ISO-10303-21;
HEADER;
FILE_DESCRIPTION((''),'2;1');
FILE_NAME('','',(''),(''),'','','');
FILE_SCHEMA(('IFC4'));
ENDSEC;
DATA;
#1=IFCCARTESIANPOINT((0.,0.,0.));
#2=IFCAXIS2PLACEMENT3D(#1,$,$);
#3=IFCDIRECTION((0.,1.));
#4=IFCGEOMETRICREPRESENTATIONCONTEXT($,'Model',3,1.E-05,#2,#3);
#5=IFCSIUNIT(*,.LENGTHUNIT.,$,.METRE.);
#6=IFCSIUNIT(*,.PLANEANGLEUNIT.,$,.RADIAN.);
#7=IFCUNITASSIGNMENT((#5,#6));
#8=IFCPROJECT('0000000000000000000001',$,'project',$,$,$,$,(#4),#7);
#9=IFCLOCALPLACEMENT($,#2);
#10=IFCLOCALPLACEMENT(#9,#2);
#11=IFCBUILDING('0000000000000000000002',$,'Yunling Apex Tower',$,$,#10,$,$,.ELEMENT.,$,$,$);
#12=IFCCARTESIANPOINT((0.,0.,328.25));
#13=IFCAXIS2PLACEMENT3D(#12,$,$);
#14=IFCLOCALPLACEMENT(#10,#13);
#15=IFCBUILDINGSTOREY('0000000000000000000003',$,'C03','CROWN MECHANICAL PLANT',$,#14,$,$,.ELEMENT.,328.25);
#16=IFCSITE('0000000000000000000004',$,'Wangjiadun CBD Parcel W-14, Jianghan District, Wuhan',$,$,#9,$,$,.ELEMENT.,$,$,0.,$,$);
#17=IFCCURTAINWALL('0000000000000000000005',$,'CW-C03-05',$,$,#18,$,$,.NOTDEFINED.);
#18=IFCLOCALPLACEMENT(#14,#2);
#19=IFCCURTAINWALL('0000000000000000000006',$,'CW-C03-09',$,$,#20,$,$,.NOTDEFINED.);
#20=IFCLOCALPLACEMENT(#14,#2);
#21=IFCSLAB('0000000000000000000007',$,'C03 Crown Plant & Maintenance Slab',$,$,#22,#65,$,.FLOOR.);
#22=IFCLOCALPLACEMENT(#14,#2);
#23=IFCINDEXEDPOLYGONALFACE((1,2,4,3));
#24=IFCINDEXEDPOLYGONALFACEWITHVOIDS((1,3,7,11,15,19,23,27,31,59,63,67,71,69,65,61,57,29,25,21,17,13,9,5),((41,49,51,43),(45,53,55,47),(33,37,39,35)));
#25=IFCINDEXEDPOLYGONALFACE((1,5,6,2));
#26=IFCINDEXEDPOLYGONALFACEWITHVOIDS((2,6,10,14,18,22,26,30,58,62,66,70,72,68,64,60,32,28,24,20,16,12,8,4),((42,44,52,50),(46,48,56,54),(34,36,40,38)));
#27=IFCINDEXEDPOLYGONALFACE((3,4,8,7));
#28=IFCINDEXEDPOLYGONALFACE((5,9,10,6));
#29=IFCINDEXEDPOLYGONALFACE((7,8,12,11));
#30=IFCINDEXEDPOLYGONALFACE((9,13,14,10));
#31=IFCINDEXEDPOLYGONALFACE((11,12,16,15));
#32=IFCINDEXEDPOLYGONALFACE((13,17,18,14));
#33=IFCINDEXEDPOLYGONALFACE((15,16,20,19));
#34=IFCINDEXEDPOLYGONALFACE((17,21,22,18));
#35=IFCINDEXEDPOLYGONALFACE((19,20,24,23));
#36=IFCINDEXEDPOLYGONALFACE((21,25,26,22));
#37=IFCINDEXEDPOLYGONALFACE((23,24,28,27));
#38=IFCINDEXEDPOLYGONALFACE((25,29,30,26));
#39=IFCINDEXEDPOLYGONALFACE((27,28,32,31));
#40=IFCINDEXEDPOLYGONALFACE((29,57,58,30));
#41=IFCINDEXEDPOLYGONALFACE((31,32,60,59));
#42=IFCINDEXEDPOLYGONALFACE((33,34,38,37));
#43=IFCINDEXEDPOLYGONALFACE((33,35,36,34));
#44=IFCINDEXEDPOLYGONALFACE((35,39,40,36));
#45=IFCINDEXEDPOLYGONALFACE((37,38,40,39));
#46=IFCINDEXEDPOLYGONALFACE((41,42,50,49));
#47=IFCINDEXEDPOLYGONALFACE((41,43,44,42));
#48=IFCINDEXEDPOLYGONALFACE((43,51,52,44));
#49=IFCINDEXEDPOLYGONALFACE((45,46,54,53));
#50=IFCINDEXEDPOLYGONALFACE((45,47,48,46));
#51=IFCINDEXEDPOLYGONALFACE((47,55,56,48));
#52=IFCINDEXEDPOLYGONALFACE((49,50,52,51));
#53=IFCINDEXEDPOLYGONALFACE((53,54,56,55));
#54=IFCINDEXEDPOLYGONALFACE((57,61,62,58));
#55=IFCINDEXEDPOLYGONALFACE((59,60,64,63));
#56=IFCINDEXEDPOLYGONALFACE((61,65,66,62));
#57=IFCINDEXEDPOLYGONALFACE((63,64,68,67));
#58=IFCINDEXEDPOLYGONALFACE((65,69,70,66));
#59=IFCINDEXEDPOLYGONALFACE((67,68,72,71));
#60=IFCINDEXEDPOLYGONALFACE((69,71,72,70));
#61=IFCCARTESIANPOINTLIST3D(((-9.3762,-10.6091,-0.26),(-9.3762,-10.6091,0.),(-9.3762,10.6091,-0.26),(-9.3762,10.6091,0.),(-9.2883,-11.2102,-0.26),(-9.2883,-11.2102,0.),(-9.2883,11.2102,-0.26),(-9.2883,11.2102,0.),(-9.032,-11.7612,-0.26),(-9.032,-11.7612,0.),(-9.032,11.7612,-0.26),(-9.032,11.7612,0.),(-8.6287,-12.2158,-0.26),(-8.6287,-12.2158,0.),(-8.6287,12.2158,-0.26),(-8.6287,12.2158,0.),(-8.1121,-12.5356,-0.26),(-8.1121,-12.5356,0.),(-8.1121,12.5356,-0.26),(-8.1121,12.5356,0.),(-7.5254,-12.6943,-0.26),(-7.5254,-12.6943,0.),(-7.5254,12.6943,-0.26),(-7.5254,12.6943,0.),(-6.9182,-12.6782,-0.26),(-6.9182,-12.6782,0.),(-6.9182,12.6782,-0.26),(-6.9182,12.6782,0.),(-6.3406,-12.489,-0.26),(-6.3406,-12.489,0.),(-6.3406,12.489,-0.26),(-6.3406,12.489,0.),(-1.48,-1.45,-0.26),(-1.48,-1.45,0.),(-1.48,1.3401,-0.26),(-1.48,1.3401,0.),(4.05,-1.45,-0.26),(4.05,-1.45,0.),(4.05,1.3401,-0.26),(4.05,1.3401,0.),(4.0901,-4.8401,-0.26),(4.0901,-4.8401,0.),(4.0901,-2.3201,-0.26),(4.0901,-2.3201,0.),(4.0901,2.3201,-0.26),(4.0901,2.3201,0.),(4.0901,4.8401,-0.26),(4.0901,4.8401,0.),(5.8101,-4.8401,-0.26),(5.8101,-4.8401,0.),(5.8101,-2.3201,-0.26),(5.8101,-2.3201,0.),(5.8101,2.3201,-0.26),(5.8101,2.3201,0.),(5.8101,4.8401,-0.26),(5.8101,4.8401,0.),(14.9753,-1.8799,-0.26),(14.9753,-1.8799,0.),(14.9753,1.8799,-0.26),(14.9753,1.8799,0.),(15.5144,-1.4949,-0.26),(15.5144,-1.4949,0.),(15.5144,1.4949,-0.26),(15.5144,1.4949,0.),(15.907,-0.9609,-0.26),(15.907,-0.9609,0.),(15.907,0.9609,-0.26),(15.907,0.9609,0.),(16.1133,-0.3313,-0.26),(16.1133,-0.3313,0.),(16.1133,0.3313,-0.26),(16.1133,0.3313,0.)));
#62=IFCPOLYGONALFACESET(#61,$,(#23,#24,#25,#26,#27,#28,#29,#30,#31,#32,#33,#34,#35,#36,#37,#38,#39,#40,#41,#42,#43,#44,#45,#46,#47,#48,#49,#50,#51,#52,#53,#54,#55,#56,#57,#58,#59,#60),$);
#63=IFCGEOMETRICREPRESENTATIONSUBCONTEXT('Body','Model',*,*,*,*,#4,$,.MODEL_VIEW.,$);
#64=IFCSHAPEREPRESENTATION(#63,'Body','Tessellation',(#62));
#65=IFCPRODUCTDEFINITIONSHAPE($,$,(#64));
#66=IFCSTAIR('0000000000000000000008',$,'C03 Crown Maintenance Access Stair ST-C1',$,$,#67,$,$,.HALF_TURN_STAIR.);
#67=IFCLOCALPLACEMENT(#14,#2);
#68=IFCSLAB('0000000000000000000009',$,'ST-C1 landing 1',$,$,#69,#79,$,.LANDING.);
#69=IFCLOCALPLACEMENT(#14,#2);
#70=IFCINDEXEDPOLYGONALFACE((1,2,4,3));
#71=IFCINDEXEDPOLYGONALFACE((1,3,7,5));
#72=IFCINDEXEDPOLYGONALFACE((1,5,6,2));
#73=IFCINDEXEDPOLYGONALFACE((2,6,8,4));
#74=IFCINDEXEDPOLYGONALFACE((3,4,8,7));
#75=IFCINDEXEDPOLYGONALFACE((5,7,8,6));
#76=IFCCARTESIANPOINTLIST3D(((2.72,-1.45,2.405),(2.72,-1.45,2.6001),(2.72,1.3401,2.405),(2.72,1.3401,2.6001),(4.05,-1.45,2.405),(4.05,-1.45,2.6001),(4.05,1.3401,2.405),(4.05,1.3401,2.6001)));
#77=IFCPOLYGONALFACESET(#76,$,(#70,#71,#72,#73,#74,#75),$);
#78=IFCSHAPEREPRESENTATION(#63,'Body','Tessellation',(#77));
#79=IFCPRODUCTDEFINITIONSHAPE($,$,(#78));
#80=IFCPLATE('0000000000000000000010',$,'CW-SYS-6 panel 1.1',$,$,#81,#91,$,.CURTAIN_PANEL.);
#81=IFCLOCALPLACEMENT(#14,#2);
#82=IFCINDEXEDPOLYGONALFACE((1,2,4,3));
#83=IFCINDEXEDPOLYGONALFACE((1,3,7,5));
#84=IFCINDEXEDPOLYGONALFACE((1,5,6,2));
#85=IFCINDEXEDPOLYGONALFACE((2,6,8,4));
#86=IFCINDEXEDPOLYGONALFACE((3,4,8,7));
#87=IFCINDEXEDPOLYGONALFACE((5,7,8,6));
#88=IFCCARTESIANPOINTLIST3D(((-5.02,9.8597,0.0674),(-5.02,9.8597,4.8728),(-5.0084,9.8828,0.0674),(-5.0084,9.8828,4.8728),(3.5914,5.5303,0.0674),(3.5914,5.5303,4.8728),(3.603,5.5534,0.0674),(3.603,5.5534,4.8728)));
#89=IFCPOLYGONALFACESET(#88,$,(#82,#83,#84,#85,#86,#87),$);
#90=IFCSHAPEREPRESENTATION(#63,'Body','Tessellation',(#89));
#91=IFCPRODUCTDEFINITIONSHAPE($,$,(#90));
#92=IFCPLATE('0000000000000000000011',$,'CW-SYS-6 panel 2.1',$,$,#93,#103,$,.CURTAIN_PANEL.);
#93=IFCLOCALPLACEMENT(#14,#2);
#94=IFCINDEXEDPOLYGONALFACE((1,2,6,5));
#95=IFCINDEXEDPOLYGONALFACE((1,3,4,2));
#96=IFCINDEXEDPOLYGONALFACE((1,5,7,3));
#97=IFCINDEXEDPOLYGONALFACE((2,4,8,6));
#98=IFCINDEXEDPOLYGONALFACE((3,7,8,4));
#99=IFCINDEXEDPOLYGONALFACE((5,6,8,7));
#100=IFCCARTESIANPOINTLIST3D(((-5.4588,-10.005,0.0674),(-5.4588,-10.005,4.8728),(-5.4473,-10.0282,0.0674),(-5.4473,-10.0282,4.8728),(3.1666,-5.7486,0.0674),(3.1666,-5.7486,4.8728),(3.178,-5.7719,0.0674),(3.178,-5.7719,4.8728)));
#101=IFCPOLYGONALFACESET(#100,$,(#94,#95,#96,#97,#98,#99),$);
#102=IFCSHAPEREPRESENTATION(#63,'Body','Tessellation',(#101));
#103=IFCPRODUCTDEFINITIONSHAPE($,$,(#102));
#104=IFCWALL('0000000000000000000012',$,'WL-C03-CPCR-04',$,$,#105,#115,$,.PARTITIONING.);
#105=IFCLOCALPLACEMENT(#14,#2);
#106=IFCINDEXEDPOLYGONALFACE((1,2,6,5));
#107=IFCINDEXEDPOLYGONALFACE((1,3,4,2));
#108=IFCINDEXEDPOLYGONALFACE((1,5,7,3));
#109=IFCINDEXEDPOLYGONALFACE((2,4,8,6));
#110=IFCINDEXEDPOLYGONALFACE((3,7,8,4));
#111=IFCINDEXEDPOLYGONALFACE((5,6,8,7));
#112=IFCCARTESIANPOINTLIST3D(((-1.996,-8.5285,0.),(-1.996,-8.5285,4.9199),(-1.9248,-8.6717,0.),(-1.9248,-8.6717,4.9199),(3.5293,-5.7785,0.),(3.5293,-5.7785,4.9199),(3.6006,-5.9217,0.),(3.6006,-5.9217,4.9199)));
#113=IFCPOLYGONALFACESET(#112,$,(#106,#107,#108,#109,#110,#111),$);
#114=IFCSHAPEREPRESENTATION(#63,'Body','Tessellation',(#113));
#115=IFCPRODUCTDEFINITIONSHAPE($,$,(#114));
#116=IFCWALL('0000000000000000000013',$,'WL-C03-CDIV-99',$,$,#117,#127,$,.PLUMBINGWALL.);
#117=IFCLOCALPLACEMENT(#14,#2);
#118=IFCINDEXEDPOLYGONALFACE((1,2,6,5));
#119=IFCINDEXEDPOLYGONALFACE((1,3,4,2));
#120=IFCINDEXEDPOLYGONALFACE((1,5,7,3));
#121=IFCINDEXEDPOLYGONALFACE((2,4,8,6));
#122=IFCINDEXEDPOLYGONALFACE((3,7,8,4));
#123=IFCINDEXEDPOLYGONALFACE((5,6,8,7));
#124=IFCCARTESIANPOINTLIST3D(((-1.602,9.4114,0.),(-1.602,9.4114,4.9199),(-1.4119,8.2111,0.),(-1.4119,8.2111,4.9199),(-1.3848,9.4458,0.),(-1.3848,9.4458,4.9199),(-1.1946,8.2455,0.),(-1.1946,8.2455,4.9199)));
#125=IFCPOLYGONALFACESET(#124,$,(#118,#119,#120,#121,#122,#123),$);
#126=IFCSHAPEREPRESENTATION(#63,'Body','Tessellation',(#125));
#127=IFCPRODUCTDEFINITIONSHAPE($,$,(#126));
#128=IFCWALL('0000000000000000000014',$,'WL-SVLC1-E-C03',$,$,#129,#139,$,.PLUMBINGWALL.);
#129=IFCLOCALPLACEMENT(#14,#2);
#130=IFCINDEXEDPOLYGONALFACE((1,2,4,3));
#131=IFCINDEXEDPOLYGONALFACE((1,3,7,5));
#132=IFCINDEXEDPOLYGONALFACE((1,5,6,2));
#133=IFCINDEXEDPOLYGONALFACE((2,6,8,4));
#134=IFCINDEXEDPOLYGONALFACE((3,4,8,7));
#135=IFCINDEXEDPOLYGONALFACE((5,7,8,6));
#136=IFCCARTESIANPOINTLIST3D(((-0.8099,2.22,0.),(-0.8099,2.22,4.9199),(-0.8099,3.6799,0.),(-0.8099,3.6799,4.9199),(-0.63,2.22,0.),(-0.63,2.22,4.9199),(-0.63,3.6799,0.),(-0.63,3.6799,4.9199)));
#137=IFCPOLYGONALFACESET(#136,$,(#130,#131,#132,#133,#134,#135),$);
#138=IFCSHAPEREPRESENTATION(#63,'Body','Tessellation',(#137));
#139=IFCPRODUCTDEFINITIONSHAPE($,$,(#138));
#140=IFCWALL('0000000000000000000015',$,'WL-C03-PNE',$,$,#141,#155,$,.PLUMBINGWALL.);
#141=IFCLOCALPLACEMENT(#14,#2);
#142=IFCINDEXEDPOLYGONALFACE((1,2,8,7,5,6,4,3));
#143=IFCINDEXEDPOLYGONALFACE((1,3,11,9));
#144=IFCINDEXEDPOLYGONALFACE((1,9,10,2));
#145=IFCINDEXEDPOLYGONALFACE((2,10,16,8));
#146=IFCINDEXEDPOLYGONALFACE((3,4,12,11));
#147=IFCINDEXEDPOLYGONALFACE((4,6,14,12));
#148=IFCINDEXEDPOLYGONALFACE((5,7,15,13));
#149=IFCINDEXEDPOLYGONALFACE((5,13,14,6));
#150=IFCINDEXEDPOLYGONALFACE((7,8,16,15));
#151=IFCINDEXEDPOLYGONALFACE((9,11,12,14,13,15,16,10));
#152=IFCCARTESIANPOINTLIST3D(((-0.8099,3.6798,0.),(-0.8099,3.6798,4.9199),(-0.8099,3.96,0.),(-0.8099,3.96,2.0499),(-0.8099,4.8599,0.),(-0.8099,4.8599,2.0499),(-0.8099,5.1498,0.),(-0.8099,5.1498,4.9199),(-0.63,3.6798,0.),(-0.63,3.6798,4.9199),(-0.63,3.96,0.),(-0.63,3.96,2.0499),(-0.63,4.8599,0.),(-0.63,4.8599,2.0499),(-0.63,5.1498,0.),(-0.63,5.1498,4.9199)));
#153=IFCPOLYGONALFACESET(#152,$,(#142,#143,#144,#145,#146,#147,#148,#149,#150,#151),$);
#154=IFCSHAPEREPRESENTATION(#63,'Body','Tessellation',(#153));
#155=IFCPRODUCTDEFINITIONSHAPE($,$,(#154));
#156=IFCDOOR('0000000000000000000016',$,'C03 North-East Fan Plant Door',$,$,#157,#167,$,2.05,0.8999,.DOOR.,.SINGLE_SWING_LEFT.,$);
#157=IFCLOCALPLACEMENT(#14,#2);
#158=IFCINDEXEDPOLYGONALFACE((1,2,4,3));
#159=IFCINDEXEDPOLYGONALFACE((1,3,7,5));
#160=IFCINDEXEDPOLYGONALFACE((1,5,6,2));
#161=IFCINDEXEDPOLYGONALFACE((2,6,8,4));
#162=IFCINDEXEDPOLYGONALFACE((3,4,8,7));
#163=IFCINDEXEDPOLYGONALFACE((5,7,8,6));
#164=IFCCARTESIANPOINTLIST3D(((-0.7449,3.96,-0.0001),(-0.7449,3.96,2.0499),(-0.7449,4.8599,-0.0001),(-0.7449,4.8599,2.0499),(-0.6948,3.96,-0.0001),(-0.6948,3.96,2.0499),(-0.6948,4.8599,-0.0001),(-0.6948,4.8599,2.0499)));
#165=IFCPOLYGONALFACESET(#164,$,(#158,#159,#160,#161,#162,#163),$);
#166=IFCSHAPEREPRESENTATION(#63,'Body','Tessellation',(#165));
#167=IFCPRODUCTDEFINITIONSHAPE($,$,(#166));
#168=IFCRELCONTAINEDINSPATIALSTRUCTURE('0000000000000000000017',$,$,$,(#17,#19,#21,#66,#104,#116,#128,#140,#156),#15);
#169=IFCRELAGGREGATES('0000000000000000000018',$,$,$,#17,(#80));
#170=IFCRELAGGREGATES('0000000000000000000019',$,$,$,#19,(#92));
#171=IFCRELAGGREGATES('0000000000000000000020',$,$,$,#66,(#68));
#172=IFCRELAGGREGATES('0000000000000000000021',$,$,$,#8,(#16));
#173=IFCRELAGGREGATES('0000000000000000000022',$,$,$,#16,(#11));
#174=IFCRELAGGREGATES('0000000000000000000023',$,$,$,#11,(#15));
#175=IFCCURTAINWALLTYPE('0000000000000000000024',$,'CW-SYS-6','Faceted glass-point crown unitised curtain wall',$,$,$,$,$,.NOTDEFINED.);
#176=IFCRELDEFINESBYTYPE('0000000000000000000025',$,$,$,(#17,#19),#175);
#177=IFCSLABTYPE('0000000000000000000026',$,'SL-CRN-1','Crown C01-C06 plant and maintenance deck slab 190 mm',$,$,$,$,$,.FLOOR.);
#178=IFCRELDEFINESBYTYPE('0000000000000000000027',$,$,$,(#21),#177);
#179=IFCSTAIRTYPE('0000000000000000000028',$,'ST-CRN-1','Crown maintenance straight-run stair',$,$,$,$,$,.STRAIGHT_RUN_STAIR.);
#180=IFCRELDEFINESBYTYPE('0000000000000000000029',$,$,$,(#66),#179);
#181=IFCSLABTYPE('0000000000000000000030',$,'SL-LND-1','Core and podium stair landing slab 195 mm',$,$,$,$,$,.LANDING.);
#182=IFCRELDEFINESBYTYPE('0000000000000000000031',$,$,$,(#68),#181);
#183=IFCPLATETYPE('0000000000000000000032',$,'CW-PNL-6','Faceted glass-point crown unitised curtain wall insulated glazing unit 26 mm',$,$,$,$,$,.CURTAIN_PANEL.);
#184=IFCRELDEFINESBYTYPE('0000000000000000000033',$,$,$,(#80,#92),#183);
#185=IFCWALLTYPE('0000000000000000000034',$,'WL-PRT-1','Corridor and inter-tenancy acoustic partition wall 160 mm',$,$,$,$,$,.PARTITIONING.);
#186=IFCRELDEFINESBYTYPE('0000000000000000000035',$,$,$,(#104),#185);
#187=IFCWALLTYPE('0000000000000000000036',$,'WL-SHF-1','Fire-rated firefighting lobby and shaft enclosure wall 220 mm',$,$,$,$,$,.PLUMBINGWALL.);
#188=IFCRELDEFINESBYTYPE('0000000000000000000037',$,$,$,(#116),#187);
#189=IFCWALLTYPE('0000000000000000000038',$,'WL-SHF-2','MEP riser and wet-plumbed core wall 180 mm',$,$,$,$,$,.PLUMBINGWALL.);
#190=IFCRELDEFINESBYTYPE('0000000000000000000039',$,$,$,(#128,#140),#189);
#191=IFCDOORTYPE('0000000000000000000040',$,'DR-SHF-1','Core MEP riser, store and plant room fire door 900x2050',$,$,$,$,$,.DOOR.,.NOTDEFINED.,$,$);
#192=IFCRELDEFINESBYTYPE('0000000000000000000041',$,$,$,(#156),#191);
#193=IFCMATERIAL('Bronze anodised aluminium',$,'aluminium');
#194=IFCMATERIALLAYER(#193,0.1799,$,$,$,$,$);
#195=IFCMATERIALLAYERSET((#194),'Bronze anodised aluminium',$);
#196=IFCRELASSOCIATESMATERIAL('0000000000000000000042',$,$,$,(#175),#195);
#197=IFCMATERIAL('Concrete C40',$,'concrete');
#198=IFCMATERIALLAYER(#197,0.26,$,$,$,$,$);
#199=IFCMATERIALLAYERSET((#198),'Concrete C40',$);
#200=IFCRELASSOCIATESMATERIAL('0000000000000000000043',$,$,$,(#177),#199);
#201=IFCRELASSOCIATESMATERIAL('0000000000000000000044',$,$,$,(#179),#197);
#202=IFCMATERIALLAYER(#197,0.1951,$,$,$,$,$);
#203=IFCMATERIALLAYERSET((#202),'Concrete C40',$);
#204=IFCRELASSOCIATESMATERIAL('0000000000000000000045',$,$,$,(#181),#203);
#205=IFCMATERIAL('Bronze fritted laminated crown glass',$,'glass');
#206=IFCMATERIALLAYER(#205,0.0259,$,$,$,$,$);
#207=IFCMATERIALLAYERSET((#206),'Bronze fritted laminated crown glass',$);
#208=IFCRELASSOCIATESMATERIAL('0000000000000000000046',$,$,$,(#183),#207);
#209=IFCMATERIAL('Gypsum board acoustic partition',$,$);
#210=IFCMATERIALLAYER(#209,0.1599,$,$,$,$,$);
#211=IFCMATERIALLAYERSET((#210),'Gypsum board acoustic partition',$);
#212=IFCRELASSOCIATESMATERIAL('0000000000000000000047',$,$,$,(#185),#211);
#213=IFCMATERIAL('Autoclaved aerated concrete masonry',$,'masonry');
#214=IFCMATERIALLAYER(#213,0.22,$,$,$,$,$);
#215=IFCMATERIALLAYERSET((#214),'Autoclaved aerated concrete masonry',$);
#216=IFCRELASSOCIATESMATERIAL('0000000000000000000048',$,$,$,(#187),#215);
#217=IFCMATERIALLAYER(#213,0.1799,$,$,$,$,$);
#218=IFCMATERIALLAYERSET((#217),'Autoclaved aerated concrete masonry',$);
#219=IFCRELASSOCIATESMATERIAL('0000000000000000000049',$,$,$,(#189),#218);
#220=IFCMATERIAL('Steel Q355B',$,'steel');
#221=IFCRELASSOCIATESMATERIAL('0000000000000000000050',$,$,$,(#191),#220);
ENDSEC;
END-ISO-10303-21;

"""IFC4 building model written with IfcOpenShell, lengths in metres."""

from ifc_helpers import new_model, si_unit, direction, frame, frame_2d, origin, origin_2d, place, context, subcontext, project, spatial, polyline, rectangle, outline, extrude, source, transform, mapped, material, layer, layer_set, type_object, element, fill, aggregate, save


model = new_model("IFC4")

# Units and contexts
model_context = context("Model", 3, precision=1e-05, world=origin(), true_north=direction((0.0, 1.0)))
body_context = subcontext(model_context, "Body", "Model", "MODEL_VIEW")
ifc_project = project(units=[si_unit("LENGTHUNIT", "METRE"), si_unit("PLANEANGLEUNIT", "RADIAN")], contexts=[model_context])

# Site, building, storey
site_placement = place(None, origin())
site = spatial("IfcSite", under=ifc_project, at=site_placement, Name="Wangjiadun CBD Parcel W-14, Jianghan District, Wuhan", CompositionType="ELEMENT", RefElevation=0.0)
building_placement = place(site_placement, origin())
building = spatial("IfcBuilding", under=site, at=building_placement, Name="Yunling Apex Tower", CompositionType="ELEMENT")
storey_placement = place(building_placement, frame((0.0, 0.0, 328.25)))
storey = spatial("IfcBuildingStorey", under=building, at=storey_placement, Name="C03", Description="CROWN MECHANICAL PLANT", CompositionType="ELEMENT", Elevation=328.25)

# Shared definitions
ifc_material_1 = material(Name="Steel Q355B", Category="steel")

# Curtain wall
ifc_material_2 = material(Name="Bronze anodised aluminium", Category="aluminium")
ifc_layer_1 = layer(ifc_material_2, 0.1799)
ifc_layer_set_1 = layer_set([ifc_layer_1], Name="Bronze anodised aluminium")
curtain_wall_type = type_object("IfcCurtainWallType", Name="CW-SYS-6", Description="Faceted glass-point crown unitised curtain wall", PredefinedType="NOTDEFINED", material=ifc_layer_set_1)
curtain_wall_1_placement = place(storey_placement, origin())
curtain_wall_1 = element("IfcCurtainWall", 1, at=curtain_wall_1_placement, inside=storey, type_object=curtain_wall_type, Name="CW-C03-05", PredefinedType="NOTDEFINED")

# Curtain wall
curtain_wall_2_placement = place(storey_placement, origin())
curtain_wall_2 = element("IfcCurtainWall", 2, at=curtain_wall_2_placement, inside=storey, type_object=curtain_wall_type, Name="CW-C03-09", PredefinedType="NOTDEFINED")

# Slab
ifc_material_3 = material(Name="Concrete C40", Category="concrete")
ifc_layer_2 = layer(ifc_material_3, 0.26)
ifc_layer_set_2 = layer_set([ifc_layer_2], Name="Concrete C40")
slab_type_1 = type_object("IfcSlabType", Name="SL-CRN-1", Description="Crown C01-C06 plant and maintenance deck slab 190 mm", PredefinedType="FLOOR", material=ifc_layer_set_2)
slab_1_placement = place(storey_placement, frame((0.0, 0.0, -0.26)))
element("IfcSlab", 3, at=slab_1_placement, inside=storey, type_object=slab_type_1, Name="C03 Crown Plant & Maintenance Slab", PredefinedType="FLOOR", context=body_context, shape_type="SweptSolid", body=[
    extrude(outline(polyline([(-9.3762, -10.6091), (-9.2883, -11.2102), (-9.032, -11.7612), (-8.6287, -12.2158), (-8.1121, -12.5356), (-7.5254, -12.6943), (-6.9182, -12.6782), (-6.3406, -12.489), (14.9753, -1.8799), (15.5144, -1.4949), (15.907, -0.9609), (16.1133, -0.3313), (16.1133, 0.3313), (15.907, 0.9609), (15.5144, 1.4949), (14.9753, 1.8799), (-6.3406, 12.489), (-6.9182, 12.6782), (-7.5254, 12.6943), (-8.1121, 12.5356), (-8.6287, 12.2158), (-9.032, 11.7612), (-9.2883, 11.2102), (-9.3762, 10.6091), (-9.3762, -10.6091)]), holes=[polyline([(5.8101, -4.8401), (4.0901, -4.8401), (4.0901, -2.3201), (5.8101, -2.3201), (5.8101, -4.8401)]), polyline([(4.0901, 2.3201), (4.0901, 4.8401), (5.8101, 4.8401), (5.8101, 2.3201), (4.0901, 2.3201)]), polyline([(-1.48, -1.45), (-1.48, 1.3401), (4.05, 1.3401), (4.05, -1.45), (-1.48, -1.45)])]), origin(), (0.0, 0.0, 1.0), 0.26),
])

# Stair, slab
stair_type = type_object("IfcStairType", Name="ST-CRN-1", Description="Crown maintenance straight-run stair", PredefinedType="STRAIGHT_RUN_STAIR", material=ifc_material_3)
stair_placement = place(storey_placement, origin())
stair = element("IfcStair", 4, at=stair_placement, inside=storey, type_object=stair_type, Name="C03 Crown Maintenance Access Stair ST-C1", PredefinedType="HALF_TURN_STAIR")
ifc_layer_3 = layer(ifc_material_3, 0.1951)
ifc_layer_set_3 = layer_set([ifc_layer_3], Name="Concrete C40")
slab_type_2 = type_object("IfcSlabType", Name="SL-LND-1", Description="Core and podium stair landing slab 195 mm", PredefinedType="LANDING", material=ifc_layer_set_3)
slab_2_placement = place(storey_placement, frame((0.0, 0.0, 2.405)))
slab_2 = element("IfcSlab", 5, at=slab_2_placement, type_object=slab_type_2, Name="ST-C1 landing 1", PredefinedType="LANDING", context=body_context, shape_type="SweptSolid", body=[
    extrude(outline(polyline([(2.72, -1.45), (4.05, -1.45), (4.05, 1.3401), (2.72, 1.3401), (2.72, -1.45)])), origin(), (0.0, 0.0, 1.0), 0.1951),
])

# Plates
ifc_material_4 = material(Name="Bronze fritted laminated crown glass", Category="glass")
ifc_layer_4 = layer(ifc_material_4, 0.0259)
ifc_layer_set_4 = layer_set([ifc_layer_4], Name="Bronze fritted laminated crown glass")
plate_type = type_object("IfcPlateType", Name="CW-PNL-6", Description="Faceted glass-point crown unitised curtain wall insulated glazing unit 26 mm", PredefinedType="CURTAIN_PANEL", material=ifc_layer_set_4)
shared_shape_1 = source(origin(), body_context, "Body", "SweptSolid", [
    extrude(rectangle(XDim=9.6384, YDim=0.0259, at=origin_2d()), origin(), (0.0, 0.0, 1.0), 4.8054),
])
plate_1_placement = place(storey_placement, frame((-0.7085, 7.7065, 0.0674), z_axis=(0.0, 0.0, 1.0), x_axis=(0.893439, -0.449185, 0.0)))
plate_1 = element("IfcPlate", 6, at=plate_1_placement, type_object=plate_type, Name="CW-SYS-6 panel 1.1", PredefinedType="CURTAIN_PANEL", context=body_context, shape_type="MappedRepresentation", body=[
    mapped(shared_shape_1, transform((0.0, 0.0, 0.0), scale=1.0)),
])
aggregate(curtain_wall_1, [plate_1])
shared_shape_2 = source(origin(), body_context, "Body", "SweptSolid", [
    extrude(rectangle(XDim=9.6184, YDim=0.0259, at=origin_2d()), origin(), (0.0, 0.0, 1.0), 4.8054),
])
plate_2_placement = place(storey_placement, frame((-1.1404, -7.8884, 0.0674), z_axis=(0.0, 0.0, 1.0), x_axis=(-0.896758, -0.442522, 0.0)))
plate_2 = element("IfcPlate", 7, at=plate_2_placement, type_object=plate_type, Name="CW-SYS-6 panel 2.1", PredefinedType="CURTAIN_PANEL", context=body_context, shape_type="MappedRepresentation", body=[
    mapped(shared_shape_2, transform((0.0, 0.0, 0.0), scale=1.0)),
])
aggregate(curtain_wall_2, [plate_2])

# Walls
ifc_material_5 = material(Name="Gypsum board acoustic partition")
ifc_layer_5 = layer(ifc_material_5, 0.1599)
ifc_layer_set_5 = layer_set([ifc_layer_5], Name="Gypsum board acoustic partition")
wall_type_1 = type_object("IfcWallType", Name="WL-PRT-1", Description="Corridor and inter-tenancy acoustic partition wall 160 mm", PredefinedType="PARTITIONING", material=ifc_layer_set_5)
wall_1_placement = place(storey_placement, frame((3.5649, -5.8501, 0.0), z_axis=(0.0, 0.0, 1.0), x_axis=(-0.895248, -0.445567, 0.0)))
element("IfcWall", 8, at=wall_1_placement, inside=storey, type_object=wall_type_1, Name="WL-C03-CPCR-04", PredefinedType="PARTITIONING", context=body_context, shape_type="SweptSolid", body=[
    extrude(rectangle(XDim=6.1719, YDim=0.1599, at=frame_2d((3.0859, 0.0))), origin(), (0.0, 0.0, 1.0), 4.9199),
])
ifc_material_6 = material(Name="Autoclaved aerated concrete masonry", Category="masonry")
ifc_layer_6 = layer(ifc_material_6, 0.22)
ifc_layer_set_6 = layer_set([ifc_layer_6], Name="Autoclaved aerated concrete masonry")
wall_type_2 = type_object("IfcWallType", Name="WL-SHF-1", Description="Fire-rated firefighting lobby and shaft enclosure wall 220 mm", PredefinedType="PLUMBINGWALL", material=ifc_layer_set_6)
wall_2_placement = place(storey_placement, frame((-1.3032, 8.2283, 0.0), z_axis=(0.0, 0.0, 1.0), x_axis=(-0.156478, 0.987681, 0.0)))
element("IfcWall", 9, at=wall_2_placement, inside=storey, type_object=wall_type_2, Name="WL-C03-CDIV-99", PredefinedType="PLUMBINGWALL", context=body_context, shape_type="SweptSolid", body=[
    extrude(rectangle(XDim=1.2153, YDim=0.22, at=frame_2d((0.6077, 0.0))), origin(), (0.0, 0.0, 1.0), 4.9199),
])
ifc_layer_7 = layer(ifc_material_6, 0.1799)
ifc_layer_set_7 = layer_set([ifc_layer_7], Name="Autoclaved aerated concrete masonry")
wall_type_3 = type_object("IfcWallType", Name="WL-SHF-2", Description="MEP riser and wet-plumbed core wall 180 mm", PredefinedType="PLUMBINGWALL", material=ifc_layer_set_7)
wall_3_placement = place(storey_placement, frame((-0.72, 2.22, 0.0), z_axis=(0.0, 0.0, 1.0), x_axis=(0.0, 1.0, 0.0)))
element("IfcWall", 10, at=wall_3_placement, inside=storey, type_object=wall_type_3, Name="WL-SVLC1-E-C03", PredefinedType="PLUMBINGWALL", context=body_context, shape_type="SweptSolid", body=[
    extrude(rectangle(XDim=1.46, YDim=0.1799, at=frame_2d((0.73, 0.0))), origin(), (0.0, 0.0, 1.0), 4.9199),
])

# Wall, opening, door
wall_4_placement = place(storey_placement, frame((-0.72, 3.6799, 0.0), z_axis=(0.0, 0.0, 1.0), x_axis=(0.0, 1.0, 0.0)))
wall_4 = element("IfcWall", 11, at=wall_4_placement, inside=storey, type_object=wall_type_3, Name="WL-C03-PNE", PredefinedType="PLUMBINGWALL", context=body_context, shape_type="SweptSolid", body=[
    extrude(rectangle(XDim=1.47, YDim=0.1799, at=frame_2d((0.7349, 0.0))), origin(), (0.0, 0.0, 1.0), 4.9199),
])
opening_placement = place(wall_4_placement, frame((0.28, 0.0, 0.0)))
opening = element("IfcOpeningElement", 12, at=opening_placement, cuts=wall_4, PredefinedType="OPENING", context=body_context, shape_type="SweptSolid", body=[
    extrude(rectangle(XDim=0.8999, YDim=2.05, at=frame_2d((0.45, 1.0249))), frame((0.0, 0.1001, 0.0), z_axis=(0.0, -1.0, 0.0), x_axis=(1.0, 0.0, 0.0)), (0.0, 0.0, 1.0), 0.2),
])
door_type = type_object("IfcDoorType", Name="DR-SHF-1", Description="Core MEP riser, store and plant room fire door 900x2050", OperationType="NOTDEFINED", PredefinedType="DOOR", material=ifc_material_1)
door_placement = place(opening_placement, origin())
door = element("IfcDoor", 13, at=door_placement, inside=storey, type_object=door_type, Name="C03 North-East Fan Plant Door", OperationType="SINGLE_SWING_LEFT", OverallHeight=2.05, OverallWidth=0.8999, PredefinedType="DOOR", context=body_context, shape_type="SweptSolid", body=[
    extrude(rectangle(XDim=0.8999, YDim=2.05, at=frame_2d((0.45, 1.0249))), frame((0.0, 0.0249, 0.0), z_axis=(0.0, -1.0, 0.0), x_axis=(1.0, 0.0, 0.0)), (0.0, 0.0, 1.0), 0.05),
])
fill(opening, door)

aggregate(stair, [slab_2])

save(model, "model.ifc")
